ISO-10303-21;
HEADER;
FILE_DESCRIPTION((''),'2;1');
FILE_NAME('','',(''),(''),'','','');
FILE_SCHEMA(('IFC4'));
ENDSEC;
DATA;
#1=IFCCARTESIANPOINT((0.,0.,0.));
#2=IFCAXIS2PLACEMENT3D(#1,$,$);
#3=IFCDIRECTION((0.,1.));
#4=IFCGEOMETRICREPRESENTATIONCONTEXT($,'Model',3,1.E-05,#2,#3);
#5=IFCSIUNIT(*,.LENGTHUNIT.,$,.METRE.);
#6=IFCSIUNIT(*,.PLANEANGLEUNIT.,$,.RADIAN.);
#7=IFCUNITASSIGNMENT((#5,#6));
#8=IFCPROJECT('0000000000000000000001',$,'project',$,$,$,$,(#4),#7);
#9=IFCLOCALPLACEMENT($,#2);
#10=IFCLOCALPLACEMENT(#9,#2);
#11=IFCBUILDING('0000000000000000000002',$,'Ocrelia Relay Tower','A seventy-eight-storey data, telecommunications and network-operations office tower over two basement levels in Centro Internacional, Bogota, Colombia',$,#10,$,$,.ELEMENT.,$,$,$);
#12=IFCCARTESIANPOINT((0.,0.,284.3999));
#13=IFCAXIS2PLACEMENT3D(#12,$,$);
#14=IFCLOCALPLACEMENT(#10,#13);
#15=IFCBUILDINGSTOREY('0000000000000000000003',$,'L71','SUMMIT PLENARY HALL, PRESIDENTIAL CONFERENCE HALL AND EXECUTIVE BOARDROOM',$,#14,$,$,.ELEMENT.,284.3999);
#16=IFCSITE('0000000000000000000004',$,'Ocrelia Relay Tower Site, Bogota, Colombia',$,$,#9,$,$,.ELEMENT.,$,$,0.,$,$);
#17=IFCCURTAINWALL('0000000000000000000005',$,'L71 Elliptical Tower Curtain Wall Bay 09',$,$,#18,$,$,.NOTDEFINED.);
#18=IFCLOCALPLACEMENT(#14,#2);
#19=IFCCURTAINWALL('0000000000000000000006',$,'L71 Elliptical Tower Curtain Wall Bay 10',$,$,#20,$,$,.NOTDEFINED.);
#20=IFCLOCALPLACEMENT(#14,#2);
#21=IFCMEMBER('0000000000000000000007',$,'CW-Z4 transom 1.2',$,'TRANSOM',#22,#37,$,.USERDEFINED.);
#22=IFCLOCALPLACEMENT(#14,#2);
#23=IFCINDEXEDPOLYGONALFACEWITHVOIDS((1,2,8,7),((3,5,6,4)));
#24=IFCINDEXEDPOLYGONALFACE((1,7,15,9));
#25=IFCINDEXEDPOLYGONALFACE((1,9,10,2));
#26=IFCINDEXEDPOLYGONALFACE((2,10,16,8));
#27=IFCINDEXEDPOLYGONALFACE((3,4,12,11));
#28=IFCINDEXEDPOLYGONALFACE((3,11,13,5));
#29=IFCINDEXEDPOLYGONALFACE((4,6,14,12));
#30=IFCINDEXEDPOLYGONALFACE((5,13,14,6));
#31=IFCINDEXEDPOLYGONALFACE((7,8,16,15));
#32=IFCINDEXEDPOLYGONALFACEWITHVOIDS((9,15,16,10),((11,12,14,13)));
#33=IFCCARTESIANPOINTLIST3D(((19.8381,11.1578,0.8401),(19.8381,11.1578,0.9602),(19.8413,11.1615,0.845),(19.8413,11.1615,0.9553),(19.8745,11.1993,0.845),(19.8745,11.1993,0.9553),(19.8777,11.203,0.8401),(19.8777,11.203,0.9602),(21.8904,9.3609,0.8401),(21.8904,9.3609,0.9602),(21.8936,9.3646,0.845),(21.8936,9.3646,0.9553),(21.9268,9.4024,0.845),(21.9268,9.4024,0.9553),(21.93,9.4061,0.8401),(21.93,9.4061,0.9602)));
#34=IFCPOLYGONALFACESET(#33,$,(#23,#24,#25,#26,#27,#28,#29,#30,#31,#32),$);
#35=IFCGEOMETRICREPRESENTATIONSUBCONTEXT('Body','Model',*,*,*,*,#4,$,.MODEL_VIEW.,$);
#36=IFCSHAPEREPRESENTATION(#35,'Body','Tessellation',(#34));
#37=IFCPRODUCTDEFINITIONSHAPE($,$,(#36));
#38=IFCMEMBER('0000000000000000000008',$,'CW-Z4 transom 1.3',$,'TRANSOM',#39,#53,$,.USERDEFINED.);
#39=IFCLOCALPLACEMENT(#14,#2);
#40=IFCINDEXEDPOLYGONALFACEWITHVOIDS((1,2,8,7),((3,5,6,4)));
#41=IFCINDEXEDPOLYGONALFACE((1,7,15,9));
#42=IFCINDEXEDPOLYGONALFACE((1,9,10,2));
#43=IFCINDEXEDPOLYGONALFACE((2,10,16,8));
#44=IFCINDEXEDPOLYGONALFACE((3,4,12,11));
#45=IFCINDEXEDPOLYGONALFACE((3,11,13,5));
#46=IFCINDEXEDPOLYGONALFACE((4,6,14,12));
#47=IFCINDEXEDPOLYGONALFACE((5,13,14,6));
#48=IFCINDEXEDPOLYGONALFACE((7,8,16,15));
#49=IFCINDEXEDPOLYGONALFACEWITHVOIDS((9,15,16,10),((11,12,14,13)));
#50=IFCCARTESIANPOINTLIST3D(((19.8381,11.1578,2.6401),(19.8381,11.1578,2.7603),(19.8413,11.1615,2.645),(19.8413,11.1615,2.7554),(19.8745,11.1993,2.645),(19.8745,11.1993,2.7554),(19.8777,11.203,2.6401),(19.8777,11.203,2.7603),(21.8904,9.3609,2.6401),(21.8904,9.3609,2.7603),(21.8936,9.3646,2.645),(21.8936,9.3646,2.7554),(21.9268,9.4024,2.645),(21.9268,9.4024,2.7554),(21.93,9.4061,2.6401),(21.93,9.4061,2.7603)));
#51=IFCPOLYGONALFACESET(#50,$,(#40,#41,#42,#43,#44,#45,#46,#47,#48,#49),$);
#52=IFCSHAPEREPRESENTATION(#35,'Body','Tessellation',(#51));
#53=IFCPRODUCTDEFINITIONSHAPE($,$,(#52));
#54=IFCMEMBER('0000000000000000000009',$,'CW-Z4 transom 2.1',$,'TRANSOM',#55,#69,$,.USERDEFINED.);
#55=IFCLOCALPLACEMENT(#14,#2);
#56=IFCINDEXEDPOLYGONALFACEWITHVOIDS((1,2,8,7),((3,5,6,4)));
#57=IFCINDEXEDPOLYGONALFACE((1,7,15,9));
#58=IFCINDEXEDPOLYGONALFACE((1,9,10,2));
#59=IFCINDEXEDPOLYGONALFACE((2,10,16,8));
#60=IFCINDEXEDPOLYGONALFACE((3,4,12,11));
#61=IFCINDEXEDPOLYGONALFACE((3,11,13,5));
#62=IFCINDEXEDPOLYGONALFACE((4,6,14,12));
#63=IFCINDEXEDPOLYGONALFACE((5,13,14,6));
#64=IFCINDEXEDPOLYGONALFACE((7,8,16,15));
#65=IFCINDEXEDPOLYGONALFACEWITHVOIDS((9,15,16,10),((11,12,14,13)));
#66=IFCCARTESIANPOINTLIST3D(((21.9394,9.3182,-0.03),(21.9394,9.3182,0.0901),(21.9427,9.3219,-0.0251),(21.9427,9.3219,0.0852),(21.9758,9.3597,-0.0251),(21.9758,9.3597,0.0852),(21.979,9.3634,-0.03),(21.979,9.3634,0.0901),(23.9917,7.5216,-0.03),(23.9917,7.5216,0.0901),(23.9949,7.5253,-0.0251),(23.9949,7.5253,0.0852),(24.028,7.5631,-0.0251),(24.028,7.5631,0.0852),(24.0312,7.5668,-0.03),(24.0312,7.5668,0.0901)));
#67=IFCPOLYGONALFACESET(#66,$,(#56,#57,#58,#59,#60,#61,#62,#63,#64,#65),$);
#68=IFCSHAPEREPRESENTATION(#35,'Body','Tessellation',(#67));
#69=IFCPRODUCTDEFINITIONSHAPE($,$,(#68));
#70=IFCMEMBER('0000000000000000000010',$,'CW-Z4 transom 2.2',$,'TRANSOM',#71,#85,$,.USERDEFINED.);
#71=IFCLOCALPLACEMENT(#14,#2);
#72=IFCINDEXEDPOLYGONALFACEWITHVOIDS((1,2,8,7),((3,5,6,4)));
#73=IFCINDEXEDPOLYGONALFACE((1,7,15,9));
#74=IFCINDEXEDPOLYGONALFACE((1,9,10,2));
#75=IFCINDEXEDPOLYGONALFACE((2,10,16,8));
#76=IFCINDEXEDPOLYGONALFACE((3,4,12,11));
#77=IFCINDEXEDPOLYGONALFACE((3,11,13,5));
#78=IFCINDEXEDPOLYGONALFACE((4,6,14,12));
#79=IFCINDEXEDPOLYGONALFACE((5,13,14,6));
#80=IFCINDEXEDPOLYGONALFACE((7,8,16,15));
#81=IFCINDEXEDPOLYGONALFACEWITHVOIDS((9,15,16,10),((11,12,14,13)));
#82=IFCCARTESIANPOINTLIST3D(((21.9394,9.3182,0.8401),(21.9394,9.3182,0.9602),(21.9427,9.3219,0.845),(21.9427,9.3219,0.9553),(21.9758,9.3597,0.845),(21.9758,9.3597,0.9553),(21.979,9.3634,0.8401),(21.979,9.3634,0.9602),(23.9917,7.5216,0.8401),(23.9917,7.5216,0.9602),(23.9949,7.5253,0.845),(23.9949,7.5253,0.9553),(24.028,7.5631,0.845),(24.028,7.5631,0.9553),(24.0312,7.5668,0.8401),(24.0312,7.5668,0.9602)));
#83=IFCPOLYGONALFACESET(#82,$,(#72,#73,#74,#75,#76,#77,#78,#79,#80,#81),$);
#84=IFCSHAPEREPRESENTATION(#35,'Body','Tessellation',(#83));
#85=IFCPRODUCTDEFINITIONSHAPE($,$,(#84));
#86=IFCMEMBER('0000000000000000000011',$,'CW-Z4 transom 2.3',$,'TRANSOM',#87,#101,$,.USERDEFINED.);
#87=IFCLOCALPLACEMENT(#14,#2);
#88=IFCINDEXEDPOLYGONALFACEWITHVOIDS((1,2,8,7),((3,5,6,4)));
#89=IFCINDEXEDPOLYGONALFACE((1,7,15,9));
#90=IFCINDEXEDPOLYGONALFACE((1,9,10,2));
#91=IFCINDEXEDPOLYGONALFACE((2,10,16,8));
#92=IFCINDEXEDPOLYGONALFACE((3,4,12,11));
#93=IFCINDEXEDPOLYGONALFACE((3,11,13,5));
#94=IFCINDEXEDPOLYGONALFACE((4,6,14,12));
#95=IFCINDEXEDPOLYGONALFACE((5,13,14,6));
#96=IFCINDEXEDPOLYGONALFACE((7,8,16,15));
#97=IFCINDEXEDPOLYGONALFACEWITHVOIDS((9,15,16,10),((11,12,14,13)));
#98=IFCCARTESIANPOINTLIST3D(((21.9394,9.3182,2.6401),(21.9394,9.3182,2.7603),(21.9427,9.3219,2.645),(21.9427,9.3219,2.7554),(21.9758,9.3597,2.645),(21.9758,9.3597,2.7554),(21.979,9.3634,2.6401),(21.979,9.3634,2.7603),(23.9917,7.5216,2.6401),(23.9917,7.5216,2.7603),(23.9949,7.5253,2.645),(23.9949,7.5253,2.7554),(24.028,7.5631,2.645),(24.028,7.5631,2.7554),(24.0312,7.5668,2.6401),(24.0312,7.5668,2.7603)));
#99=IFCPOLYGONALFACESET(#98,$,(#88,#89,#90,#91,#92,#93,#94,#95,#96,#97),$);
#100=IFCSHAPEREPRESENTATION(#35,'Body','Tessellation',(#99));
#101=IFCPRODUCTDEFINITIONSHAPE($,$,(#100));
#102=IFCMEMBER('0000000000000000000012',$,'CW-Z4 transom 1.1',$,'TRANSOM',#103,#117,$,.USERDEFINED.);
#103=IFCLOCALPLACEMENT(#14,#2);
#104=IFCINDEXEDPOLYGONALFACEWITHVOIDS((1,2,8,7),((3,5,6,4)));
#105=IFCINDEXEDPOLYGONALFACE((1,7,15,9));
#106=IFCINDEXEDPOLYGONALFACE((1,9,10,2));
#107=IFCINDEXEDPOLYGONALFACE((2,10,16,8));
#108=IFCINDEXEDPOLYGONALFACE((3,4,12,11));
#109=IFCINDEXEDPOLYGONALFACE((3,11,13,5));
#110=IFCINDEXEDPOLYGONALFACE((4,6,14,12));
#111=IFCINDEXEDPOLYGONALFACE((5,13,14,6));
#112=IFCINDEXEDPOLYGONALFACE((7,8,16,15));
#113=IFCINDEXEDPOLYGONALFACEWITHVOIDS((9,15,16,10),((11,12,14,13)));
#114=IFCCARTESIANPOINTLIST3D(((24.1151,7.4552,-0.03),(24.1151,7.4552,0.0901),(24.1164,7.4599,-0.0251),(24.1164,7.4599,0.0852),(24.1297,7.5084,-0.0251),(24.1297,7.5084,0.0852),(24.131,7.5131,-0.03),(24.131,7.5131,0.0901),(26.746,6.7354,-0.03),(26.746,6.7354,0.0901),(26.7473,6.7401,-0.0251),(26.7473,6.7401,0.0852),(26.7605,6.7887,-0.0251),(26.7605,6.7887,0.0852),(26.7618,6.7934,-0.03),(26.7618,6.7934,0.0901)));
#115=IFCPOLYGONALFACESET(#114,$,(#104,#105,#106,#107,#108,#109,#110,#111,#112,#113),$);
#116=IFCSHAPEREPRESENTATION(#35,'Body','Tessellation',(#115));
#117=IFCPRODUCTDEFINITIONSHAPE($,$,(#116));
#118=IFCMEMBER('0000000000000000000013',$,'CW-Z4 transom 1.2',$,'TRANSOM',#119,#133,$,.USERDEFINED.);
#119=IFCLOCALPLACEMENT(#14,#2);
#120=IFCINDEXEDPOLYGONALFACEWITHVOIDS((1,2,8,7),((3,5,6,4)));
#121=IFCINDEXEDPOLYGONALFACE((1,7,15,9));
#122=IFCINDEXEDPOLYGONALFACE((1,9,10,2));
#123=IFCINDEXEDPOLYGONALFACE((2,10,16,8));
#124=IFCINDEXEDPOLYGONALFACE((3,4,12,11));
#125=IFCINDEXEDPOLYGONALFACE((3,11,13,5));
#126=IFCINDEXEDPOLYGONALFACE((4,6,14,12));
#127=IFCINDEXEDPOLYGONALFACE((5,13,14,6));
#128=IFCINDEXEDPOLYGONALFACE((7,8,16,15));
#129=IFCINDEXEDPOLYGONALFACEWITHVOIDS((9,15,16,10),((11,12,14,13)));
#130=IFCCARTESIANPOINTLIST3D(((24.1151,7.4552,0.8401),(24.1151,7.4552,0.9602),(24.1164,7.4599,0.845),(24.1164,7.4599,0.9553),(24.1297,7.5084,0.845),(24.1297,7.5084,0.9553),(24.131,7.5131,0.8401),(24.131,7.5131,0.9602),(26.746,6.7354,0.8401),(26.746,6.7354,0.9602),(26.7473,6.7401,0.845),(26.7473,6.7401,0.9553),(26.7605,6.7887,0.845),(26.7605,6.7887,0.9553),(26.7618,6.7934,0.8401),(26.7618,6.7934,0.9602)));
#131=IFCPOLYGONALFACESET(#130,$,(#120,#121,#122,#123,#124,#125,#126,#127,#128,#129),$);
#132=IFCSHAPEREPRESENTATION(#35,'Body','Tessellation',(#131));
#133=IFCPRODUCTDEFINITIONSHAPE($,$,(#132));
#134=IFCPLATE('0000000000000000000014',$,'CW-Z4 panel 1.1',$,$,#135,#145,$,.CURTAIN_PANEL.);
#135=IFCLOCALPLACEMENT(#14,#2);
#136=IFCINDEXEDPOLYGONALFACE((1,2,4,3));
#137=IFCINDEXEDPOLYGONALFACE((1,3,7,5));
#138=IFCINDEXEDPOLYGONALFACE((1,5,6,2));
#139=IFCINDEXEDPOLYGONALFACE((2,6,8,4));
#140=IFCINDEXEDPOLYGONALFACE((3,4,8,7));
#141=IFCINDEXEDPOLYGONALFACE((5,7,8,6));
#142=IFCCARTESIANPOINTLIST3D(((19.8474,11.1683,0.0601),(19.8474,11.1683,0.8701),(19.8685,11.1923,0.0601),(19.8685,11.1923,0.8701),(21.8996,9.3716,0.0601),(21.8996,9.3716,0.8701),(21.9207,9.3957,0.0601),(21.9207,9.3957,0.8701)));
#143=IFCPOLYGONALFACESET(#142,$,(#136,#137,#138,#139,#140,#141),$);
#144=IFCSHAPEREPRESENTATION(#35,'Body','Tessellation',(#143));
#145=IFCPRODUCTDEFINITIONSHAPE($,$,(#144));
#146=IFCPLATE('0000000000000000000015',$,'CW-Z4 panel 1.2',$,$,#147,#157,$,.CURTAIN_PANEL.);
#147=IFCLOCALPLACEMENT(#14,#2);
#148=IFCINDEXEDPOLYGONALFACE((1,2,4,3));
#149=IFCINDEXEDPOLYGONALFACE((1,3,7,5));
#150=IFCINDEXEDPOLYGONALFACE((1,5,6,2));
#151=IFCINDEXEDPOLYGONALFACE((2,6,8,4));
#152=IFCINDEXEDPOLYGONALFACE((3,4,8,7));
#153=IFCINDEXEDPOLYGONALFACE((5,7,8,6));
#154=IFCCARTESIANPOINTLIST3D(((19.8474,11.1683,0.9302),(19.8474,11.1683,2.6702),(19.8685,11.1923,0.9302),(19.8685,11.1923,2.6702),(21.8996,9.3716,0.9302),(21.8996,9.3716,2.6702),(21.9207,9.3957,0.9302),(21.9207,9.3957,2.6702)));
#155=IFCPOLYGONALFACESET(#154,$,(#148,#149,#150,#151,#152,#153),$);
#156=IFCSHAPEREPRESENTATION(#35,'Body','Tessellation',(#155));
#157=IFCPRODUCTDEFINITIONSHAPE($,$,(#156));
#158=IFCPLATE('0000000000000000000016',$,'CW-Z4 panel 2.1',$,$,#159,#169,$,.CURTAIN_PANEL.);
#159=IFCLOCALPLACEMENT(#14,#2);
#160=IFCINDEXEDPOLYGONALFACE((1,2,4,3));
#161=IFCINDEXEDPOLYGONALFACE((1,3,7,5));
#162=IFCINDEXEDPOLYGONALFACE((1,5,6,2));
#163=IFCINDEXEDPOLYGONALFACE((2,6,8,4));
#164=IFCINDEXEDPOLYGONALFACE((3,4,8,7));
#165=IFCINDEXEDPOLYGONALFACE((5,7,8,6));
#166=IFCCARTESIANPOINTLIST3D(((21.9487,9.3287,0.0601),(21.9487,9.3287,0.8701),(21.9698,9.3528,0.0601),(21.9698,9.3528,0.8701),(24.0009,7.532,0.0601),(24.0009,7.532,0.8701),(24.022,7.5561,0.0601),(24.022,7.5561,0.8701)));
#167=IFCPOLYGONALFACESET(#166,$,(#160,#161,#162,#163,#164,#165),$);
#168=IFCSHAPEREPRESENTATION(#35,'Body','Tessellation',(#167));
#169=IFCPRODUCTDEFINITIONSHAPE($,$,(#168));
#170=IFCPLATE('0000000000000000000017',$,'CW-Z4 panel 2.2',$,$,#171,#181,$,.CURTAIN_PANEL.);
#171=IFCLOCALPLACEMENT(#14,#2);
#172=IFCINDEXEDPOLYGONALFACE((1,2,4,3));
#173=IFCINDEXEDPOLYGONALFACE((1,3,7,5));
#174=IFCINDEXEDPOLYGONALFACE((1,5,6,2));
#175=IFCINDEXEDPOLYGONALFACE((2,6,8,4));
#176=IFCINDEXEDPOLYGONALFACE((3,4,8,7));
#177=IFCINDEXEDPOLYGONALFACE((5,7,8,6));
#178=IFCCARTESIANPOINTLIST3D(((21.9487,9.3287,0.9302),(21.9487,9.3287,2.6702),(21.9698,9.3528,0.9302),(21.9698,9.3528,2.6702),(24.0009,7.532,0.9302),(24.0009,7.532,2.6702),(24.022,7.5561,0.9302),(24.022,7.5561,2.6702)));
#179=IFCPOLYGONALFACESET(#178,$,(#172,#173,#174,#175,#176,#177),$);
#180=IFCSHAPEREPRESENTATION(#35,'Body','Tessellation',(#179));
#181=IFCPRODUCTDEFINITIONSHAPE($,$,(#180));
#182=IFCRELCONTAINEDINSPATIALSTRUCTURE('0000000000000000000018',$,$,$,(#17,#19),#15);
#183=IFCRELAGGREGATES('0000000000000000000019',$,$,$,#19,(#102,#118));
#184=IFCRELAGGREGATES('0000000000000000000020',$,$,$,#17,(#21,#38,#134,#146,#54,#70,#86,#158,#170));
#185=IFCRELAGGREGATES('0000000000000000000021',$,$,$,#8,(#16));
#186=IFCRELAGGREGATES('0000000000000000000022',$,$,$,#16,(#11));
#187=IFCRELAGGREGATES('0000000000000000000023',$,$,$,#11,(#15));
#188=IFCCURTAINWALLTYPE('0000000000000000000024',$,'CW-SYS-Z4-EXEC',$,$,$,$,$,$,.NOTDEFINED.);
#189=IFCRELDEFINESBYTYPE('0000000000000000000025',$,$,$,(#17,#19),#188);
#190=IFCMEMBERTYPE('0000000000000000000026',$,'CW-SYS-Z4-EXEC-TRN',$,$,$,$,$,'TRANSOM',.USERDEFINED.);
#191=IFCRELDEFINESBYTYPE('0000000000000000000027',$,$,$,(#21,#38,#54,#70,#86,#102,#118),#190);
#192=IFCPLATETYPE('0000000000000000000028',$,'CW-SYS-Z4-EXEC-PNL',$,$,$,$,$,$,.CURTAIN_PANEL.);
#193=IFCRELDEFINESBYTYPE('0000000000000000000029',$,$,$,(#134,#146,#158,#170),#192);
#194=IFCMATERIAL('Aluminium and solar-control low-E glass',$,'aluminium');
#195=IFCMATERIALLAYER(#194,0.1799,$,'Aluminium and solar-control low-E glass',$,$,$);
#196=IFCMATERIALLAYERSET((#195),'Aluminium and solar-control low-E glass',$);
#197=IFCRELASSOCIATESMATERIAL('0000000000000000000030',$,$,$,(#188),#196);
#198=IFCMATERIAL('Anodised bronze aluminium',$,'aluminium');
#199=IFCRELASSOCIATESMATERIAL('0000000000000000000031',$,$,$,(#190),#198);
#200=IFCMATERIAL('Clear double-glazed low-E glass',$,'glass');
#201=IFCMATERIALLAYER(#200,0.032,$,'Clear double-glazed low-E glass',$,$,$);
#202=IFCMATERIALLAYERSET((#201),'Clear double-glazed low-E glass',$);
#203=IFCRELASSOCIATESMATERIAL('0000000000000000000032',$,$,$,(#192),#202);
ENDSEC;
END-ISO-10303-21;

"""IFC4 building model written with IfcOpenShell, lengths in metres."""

from ifc_helpers import new_model, si_unit, direction, frame, origin, origin_2d, place, context, subcontext, project, spatial, rectangle, hollow_rectangle, extrude, material, layer, layer_set, material_profile, profile_set, type_object, element, aggregate, save


model = new_model("IFC4")

# Units and contexts
model_context = context("Model", 3, precision=1e-05, world=origin(), true_north=direction((0.0, 1.0)))
body_context = subcontext(model_context, "Body", "Model", "MODEL_VIEW")
ifc_project = project(units=[si_unit("LENGTHUNIT", "METRE"), si_unit("PLANEANGLEUNIT", "RADIAN")], contexts=[model_context])

# Site, building, storey
site_placement = place(None, origin())
site = spatial("IfcSite", under=ifc_project, at=site_placement, Name="Ocrelia Relay Tower Site, Bogota, Colombia", CompositionType="ELEMENT", RefElevation=0.0)
building_placement = place(site_placement, origin())
building = spatial("IfcBuilding", under=site, at=building_placement, Name="Ocrelia Relay Tower", Description="A seventy-eight-storey data, telecommunications and network-operations office tower over two basement levels in Centro Internacional, Bogota, Colombia", CompositionType="ELEMENT")
storey_placement = place(building_placement, frame((0.0, 0.0, 284.3999)))
storey = spatial("IfcBuildingStorey", under=building, at=storey_placement, Name="L71", Description="SUMMIT PLENARY HALL, PRESIDENTIAL CONFERENCE HALL AND EXECUTIVE BOARDROOM", CompositionType="ELEMENT", Elevation=284.3999)

# Curtain wall
ifc_material_1 = material(Name="Aluminium and solar-control low-E glass", Category="aluminium")
ifc_layer_1 = layer(ifc_material_1, 0.1799, Name="Aluminium and solar-control low-E glass")
ifc_layer_set_1 = layer_set([ifc_layer_1], Name="Aluminium and solar-control low-E glass")
curtain_wall_type = type_object("IfcCurtainWallType", Name="CW-SYS-Z4-EXEC", PredefinedType="NOTDEFINED", material=ifc_layer_set_1)
curtain_wall_1_placement = place(storey_placement, origin())
curtain_wall_1 = element("IfcCurtainWall", 1, at=curtain_wall_1_placement, inside=storey, type_object=curtain_wall_type, Name="L71 Elliptical Tower Curtain Wall Bay 09", PredefinedType="NOTDEFINED")
ifc_material_2 = material(Name="Anodised bronze aluminium", Category="aluminium")

# Curtain wall
curtain_wall_2_placement = place(storey_placement, origin())
curtain_wall_2 = element("IfcCurtainWall", 2, at=curtain_wall_2_placement, inside=storey, type_object=curtain_wall_type, Name="L71 Elliptical Tower Curtain Wall Bay 10", PredefinedType="NOTDEFINED")

# Members
ifc_material_profile_1 = material_profile(ifc_material_2, hollow_rectangle(XDim=0.0601, YDim=0.1201, WallThickness=0.0049, at=origin_2d()), Name="CW-TRN-120x60")
ifc_profile_set_1 = profile_set([ifc_material_profile_1], Name="Anodised bronze aluminium")
member_type_1 = type_object("IfcMemberType", Name="CW-SYS-Z4-EXEC-TRN", ElementType="TRANSOM", PredefinedType="USERDEFINED", material=ifc_profile_set_1)
member_1_placement = place(storey_placement, frame((19.8579, 11.1804, 0.9001), z_axis=(0.752366, -0.658745, 0.0), x_axis=(0.658745, 0.752366, 0.0)))
member_1 = element("IfcMember", 3, at=member_1_placement, type_object=member_type_1, Name="CW-Z4 transom 1.2", ObjectType="TRANSOM", PredefinedType="USERDEFINED", context=body_context, shape_type="SweptSolid", body=[
    extrude(hollow_rectangle(XDim=0.0601, YDim=0.1201, WallThickness=0.0049, at=origin_2d()), origin(), (0.0, 0.0, 1.0), 2.7278),
])
member_2_placement = place(storey_placement, frame((19.8579, 11.1804, 2.7002), z_axis=(0.752366, -0.658745, 0.0), x_axis=(0.658745, 0.752366, 0.0)))
member_2 = element("IfcMember", 4, at=member_2_placement, type_object=member_type_1, Name="CW-Z4 transom 1.3", ObjectType="TRANSOM", PredefinedType="USERDEFINED", context=body_context, shape_type="SweptSolid", body=[
    extrude(hollow_rectangle(XDim=0.0601, YDim=0.1201, WallThickness=0.0049, at=origin_2d()), origin(), (0.0, 0.0, 1.0), 2.7278),
])
member_3_placement = place(storey_placement, frame((21.9592, 9.3408, 0.03), z_axis=(0.75241, -0.658695, 0.0), x_axis=(0.658695, 0.75241, 0.0)))
member_3 = element("IfcMember", 5, at=member_3_placement, type_object=member_type_1, Name="CW-Z4 transom 2.1", ObjectType="TRANSOM", PredefinedType="USERDEFINED", context=body_context, shape_type="SweptSolid", body=[
    extrude(hollow_rectangle(XDim=0.0601, YDim=0.1201, WallThickness=0.0049, at=origin_2d()), origin(), (0.0, 0.0, 1.0), 2.7275),
])
member_4_placement = place(storey_placement, frame((21.9592, 9.3408, 0.9001), z_axis=(0.75241, -0.658695, 0.0), x_axis=(0.658695, 0.75241, 0.0)))
member_4 = element("IfcMember", 6, at=member_4_placement, type_object=member_type_1, Name="CW-Z4 transom 2.2", ObjectType="TRANSOM", PredefinedType="USERDEFINED", context=body_context, shape_type="SweptSolid", body=[
    extrude(hollow_rectangle(XDim=0.0601, YDim=0.1201, WallThickness=0.0049, at=origin_2d()), origin(), (0.0, 0.0, 1.0), 2.7275),
])
member_5_placement = place(storey_placement, frame((21.9592, 9.3408, 2.7002), z_axis=(0.75241, -0.658695, 0.0), x_axis=(0.658695, 0.75241, 0.0)))
member_5 = element("IfcMember", 7, at=member_5_placement, type_object=member_type_1, Name="CW-Z4 transom 2.3", ObjectType="TRANSOM", PredefinedType="USERDEFINED", context=body_context, shape_type="SweptSolid", body=[
    extrude(hollow_rectangle(XDim=0.0601, YDim=0.1201, WallThickness=0.0049, at=origin_2d()), origin(), (0.0, 0.0, 1.0), 2.7275),
])
member_6_placement = place(storey_placement, frame((24.123, 7.4841, 0.03), z_axis=(0.964557, -0.263875, 0.0), x_axis=(0.263875, 0.964557, 0.0)))
member_6 = element("IfcMember", 8, at=member_6_placement, type_object=member_type_1, Name="CW-Z4 transom 1.1", ObjectType="TRANSOM", PredefinedType="USERDEFINED", context=body_context, shape_type="SweptSolid", body=[
    extrude(hollow_rectangle(XDim=0.0601, YDim=0.1201, WallThickness=0.0049, at=origin_2d()), origin(), (0.0, 0.0, 1.0), 2.7275),
])
member_7_placement = place(storey_placement, frame((24.123, 7.4841, 0.9001), z_axis=(0.964557, -0.263875, 0.0), x_axis=(0.263875, 0.964557, 0.0)))
member_7 = element("IfcMember", 9, at=member_7_placement, type_object=member_type_1, Name="CW-Z4 transom 1.2", ObjectType="TRANSOM", PredefinedType="USERDEFINED", context=body_context, shape_type="SweptSolid", body=[
    extrude(hollow_rectangle(XDim=0.0601, YDim=0.1201, WallThickness=0.0049, at=origin_2d()), origin(), (0.0, 0.0, 1.0), 2.7275),
])
aggregate(curtain_wall_2, [member_6, member_7])

# Plates
ifc_material_3 = material(Name="Clear double-glazed low-E glass", Category="glass")
ifc_layer_2 = layer(ifc_material_3, 0.032, Name="Clear double-glazed low-E glass")
ifc_layer_set_2 = layer_set([ifc_layer_2], Name="Clear double-glazed low-E glass")
plate_type = type_object("IfcPlateType", Name="CW-SYS-Z4-EXEC-PNL", PredefinedType="CURTAIN_PANEL", material=ifc_layer_set_2)
plate_1_placement = place(storey_placement, frame((20.884, 10.282, 0.0601), z_axis=(0.0, 0.0, 1.0), x_axis=(0.752392, -0.658715, 0.0)))
plate_1 = element("IfcPlate", 10, at=plate_1_placement, type_object=plate_type, Name="CW-Z4 panel 1.1", PredefinedType="CURTAIN_PANEL", context=body_context, shape_type="SweptSolid", body=[
    extrude(rectangle(XDim=2.7275, YDim=0.032, at=origin_2d()), origin(), (0.0, 0.0, 1.0), 0.8101),
])
plate_2_placement = place(storey_placement, frame((20.884, 10.282, 0.9302), z_axis=(0.0, 0.0, 1.0), x_axis=(0.752392, -0.658715, 0.0)))
plate_2 = element("IfcPlate", 11, at=plate_2_placement, type_object=plate_type, Name="CW-Z4 panel 1.2", PredefinedType="CURTAIN_PANEL", context=body_context, shape_type="SweptSolid", body=[
    extrude(rectangle(XDim=2.7275, YDim=0.032, at=origin_2d()), origin(), (0.0, 0.0, 1.0), 1.74),
])
plate_3_placement = place(storey_placement, frame((22.9854, 8.4424, 0.0601), z_axis=(0.0, 0.0, 1.0), x_axis=(0.752392, -0.658715, 0.0)))
plate_3 = element("IfcPlate", 12, at=plate_3_placement, type_object=plate_type, Name="CW-Z4 panel 2.1", PredefinedType="CURTAIN_PANEL", context=body_context, shape_type="SweptSolid", body=[
    extrude(rectangle(XDim=2.7275, YDim=0.032, at=origin_2d()), origin(), (0.0, 0.0, 1.0), 0.8101),
])
plate_4_placement = place(storey_placement, frame((22.9854, 8.4424, 0.9302), z_axis=(0.0, 0.0, 1.0), x_axis=(0.752392, -0.658715, 0.0)))
plate_4 = element("IfcPlate", 13, at=plate_4_placement, type_object=plate_type, Name="CW-Z4 panel 2.2", PredefinedType="CURTAIN_PANEL", context=body_context, shape_type="SweptSolid", body=[
    extrude(rectangle(XDim=2.7275, YDim=0.032, at=origin_2d()), origin(), (0.0, 0.0, 1.0), 1.74),
])
aggregate(curtain_wall_1, [member_1, member_2, plate_1, plate_2, member_3, member_4, member_5, plate_3, plate_4])

save(model, "model.ifc")
